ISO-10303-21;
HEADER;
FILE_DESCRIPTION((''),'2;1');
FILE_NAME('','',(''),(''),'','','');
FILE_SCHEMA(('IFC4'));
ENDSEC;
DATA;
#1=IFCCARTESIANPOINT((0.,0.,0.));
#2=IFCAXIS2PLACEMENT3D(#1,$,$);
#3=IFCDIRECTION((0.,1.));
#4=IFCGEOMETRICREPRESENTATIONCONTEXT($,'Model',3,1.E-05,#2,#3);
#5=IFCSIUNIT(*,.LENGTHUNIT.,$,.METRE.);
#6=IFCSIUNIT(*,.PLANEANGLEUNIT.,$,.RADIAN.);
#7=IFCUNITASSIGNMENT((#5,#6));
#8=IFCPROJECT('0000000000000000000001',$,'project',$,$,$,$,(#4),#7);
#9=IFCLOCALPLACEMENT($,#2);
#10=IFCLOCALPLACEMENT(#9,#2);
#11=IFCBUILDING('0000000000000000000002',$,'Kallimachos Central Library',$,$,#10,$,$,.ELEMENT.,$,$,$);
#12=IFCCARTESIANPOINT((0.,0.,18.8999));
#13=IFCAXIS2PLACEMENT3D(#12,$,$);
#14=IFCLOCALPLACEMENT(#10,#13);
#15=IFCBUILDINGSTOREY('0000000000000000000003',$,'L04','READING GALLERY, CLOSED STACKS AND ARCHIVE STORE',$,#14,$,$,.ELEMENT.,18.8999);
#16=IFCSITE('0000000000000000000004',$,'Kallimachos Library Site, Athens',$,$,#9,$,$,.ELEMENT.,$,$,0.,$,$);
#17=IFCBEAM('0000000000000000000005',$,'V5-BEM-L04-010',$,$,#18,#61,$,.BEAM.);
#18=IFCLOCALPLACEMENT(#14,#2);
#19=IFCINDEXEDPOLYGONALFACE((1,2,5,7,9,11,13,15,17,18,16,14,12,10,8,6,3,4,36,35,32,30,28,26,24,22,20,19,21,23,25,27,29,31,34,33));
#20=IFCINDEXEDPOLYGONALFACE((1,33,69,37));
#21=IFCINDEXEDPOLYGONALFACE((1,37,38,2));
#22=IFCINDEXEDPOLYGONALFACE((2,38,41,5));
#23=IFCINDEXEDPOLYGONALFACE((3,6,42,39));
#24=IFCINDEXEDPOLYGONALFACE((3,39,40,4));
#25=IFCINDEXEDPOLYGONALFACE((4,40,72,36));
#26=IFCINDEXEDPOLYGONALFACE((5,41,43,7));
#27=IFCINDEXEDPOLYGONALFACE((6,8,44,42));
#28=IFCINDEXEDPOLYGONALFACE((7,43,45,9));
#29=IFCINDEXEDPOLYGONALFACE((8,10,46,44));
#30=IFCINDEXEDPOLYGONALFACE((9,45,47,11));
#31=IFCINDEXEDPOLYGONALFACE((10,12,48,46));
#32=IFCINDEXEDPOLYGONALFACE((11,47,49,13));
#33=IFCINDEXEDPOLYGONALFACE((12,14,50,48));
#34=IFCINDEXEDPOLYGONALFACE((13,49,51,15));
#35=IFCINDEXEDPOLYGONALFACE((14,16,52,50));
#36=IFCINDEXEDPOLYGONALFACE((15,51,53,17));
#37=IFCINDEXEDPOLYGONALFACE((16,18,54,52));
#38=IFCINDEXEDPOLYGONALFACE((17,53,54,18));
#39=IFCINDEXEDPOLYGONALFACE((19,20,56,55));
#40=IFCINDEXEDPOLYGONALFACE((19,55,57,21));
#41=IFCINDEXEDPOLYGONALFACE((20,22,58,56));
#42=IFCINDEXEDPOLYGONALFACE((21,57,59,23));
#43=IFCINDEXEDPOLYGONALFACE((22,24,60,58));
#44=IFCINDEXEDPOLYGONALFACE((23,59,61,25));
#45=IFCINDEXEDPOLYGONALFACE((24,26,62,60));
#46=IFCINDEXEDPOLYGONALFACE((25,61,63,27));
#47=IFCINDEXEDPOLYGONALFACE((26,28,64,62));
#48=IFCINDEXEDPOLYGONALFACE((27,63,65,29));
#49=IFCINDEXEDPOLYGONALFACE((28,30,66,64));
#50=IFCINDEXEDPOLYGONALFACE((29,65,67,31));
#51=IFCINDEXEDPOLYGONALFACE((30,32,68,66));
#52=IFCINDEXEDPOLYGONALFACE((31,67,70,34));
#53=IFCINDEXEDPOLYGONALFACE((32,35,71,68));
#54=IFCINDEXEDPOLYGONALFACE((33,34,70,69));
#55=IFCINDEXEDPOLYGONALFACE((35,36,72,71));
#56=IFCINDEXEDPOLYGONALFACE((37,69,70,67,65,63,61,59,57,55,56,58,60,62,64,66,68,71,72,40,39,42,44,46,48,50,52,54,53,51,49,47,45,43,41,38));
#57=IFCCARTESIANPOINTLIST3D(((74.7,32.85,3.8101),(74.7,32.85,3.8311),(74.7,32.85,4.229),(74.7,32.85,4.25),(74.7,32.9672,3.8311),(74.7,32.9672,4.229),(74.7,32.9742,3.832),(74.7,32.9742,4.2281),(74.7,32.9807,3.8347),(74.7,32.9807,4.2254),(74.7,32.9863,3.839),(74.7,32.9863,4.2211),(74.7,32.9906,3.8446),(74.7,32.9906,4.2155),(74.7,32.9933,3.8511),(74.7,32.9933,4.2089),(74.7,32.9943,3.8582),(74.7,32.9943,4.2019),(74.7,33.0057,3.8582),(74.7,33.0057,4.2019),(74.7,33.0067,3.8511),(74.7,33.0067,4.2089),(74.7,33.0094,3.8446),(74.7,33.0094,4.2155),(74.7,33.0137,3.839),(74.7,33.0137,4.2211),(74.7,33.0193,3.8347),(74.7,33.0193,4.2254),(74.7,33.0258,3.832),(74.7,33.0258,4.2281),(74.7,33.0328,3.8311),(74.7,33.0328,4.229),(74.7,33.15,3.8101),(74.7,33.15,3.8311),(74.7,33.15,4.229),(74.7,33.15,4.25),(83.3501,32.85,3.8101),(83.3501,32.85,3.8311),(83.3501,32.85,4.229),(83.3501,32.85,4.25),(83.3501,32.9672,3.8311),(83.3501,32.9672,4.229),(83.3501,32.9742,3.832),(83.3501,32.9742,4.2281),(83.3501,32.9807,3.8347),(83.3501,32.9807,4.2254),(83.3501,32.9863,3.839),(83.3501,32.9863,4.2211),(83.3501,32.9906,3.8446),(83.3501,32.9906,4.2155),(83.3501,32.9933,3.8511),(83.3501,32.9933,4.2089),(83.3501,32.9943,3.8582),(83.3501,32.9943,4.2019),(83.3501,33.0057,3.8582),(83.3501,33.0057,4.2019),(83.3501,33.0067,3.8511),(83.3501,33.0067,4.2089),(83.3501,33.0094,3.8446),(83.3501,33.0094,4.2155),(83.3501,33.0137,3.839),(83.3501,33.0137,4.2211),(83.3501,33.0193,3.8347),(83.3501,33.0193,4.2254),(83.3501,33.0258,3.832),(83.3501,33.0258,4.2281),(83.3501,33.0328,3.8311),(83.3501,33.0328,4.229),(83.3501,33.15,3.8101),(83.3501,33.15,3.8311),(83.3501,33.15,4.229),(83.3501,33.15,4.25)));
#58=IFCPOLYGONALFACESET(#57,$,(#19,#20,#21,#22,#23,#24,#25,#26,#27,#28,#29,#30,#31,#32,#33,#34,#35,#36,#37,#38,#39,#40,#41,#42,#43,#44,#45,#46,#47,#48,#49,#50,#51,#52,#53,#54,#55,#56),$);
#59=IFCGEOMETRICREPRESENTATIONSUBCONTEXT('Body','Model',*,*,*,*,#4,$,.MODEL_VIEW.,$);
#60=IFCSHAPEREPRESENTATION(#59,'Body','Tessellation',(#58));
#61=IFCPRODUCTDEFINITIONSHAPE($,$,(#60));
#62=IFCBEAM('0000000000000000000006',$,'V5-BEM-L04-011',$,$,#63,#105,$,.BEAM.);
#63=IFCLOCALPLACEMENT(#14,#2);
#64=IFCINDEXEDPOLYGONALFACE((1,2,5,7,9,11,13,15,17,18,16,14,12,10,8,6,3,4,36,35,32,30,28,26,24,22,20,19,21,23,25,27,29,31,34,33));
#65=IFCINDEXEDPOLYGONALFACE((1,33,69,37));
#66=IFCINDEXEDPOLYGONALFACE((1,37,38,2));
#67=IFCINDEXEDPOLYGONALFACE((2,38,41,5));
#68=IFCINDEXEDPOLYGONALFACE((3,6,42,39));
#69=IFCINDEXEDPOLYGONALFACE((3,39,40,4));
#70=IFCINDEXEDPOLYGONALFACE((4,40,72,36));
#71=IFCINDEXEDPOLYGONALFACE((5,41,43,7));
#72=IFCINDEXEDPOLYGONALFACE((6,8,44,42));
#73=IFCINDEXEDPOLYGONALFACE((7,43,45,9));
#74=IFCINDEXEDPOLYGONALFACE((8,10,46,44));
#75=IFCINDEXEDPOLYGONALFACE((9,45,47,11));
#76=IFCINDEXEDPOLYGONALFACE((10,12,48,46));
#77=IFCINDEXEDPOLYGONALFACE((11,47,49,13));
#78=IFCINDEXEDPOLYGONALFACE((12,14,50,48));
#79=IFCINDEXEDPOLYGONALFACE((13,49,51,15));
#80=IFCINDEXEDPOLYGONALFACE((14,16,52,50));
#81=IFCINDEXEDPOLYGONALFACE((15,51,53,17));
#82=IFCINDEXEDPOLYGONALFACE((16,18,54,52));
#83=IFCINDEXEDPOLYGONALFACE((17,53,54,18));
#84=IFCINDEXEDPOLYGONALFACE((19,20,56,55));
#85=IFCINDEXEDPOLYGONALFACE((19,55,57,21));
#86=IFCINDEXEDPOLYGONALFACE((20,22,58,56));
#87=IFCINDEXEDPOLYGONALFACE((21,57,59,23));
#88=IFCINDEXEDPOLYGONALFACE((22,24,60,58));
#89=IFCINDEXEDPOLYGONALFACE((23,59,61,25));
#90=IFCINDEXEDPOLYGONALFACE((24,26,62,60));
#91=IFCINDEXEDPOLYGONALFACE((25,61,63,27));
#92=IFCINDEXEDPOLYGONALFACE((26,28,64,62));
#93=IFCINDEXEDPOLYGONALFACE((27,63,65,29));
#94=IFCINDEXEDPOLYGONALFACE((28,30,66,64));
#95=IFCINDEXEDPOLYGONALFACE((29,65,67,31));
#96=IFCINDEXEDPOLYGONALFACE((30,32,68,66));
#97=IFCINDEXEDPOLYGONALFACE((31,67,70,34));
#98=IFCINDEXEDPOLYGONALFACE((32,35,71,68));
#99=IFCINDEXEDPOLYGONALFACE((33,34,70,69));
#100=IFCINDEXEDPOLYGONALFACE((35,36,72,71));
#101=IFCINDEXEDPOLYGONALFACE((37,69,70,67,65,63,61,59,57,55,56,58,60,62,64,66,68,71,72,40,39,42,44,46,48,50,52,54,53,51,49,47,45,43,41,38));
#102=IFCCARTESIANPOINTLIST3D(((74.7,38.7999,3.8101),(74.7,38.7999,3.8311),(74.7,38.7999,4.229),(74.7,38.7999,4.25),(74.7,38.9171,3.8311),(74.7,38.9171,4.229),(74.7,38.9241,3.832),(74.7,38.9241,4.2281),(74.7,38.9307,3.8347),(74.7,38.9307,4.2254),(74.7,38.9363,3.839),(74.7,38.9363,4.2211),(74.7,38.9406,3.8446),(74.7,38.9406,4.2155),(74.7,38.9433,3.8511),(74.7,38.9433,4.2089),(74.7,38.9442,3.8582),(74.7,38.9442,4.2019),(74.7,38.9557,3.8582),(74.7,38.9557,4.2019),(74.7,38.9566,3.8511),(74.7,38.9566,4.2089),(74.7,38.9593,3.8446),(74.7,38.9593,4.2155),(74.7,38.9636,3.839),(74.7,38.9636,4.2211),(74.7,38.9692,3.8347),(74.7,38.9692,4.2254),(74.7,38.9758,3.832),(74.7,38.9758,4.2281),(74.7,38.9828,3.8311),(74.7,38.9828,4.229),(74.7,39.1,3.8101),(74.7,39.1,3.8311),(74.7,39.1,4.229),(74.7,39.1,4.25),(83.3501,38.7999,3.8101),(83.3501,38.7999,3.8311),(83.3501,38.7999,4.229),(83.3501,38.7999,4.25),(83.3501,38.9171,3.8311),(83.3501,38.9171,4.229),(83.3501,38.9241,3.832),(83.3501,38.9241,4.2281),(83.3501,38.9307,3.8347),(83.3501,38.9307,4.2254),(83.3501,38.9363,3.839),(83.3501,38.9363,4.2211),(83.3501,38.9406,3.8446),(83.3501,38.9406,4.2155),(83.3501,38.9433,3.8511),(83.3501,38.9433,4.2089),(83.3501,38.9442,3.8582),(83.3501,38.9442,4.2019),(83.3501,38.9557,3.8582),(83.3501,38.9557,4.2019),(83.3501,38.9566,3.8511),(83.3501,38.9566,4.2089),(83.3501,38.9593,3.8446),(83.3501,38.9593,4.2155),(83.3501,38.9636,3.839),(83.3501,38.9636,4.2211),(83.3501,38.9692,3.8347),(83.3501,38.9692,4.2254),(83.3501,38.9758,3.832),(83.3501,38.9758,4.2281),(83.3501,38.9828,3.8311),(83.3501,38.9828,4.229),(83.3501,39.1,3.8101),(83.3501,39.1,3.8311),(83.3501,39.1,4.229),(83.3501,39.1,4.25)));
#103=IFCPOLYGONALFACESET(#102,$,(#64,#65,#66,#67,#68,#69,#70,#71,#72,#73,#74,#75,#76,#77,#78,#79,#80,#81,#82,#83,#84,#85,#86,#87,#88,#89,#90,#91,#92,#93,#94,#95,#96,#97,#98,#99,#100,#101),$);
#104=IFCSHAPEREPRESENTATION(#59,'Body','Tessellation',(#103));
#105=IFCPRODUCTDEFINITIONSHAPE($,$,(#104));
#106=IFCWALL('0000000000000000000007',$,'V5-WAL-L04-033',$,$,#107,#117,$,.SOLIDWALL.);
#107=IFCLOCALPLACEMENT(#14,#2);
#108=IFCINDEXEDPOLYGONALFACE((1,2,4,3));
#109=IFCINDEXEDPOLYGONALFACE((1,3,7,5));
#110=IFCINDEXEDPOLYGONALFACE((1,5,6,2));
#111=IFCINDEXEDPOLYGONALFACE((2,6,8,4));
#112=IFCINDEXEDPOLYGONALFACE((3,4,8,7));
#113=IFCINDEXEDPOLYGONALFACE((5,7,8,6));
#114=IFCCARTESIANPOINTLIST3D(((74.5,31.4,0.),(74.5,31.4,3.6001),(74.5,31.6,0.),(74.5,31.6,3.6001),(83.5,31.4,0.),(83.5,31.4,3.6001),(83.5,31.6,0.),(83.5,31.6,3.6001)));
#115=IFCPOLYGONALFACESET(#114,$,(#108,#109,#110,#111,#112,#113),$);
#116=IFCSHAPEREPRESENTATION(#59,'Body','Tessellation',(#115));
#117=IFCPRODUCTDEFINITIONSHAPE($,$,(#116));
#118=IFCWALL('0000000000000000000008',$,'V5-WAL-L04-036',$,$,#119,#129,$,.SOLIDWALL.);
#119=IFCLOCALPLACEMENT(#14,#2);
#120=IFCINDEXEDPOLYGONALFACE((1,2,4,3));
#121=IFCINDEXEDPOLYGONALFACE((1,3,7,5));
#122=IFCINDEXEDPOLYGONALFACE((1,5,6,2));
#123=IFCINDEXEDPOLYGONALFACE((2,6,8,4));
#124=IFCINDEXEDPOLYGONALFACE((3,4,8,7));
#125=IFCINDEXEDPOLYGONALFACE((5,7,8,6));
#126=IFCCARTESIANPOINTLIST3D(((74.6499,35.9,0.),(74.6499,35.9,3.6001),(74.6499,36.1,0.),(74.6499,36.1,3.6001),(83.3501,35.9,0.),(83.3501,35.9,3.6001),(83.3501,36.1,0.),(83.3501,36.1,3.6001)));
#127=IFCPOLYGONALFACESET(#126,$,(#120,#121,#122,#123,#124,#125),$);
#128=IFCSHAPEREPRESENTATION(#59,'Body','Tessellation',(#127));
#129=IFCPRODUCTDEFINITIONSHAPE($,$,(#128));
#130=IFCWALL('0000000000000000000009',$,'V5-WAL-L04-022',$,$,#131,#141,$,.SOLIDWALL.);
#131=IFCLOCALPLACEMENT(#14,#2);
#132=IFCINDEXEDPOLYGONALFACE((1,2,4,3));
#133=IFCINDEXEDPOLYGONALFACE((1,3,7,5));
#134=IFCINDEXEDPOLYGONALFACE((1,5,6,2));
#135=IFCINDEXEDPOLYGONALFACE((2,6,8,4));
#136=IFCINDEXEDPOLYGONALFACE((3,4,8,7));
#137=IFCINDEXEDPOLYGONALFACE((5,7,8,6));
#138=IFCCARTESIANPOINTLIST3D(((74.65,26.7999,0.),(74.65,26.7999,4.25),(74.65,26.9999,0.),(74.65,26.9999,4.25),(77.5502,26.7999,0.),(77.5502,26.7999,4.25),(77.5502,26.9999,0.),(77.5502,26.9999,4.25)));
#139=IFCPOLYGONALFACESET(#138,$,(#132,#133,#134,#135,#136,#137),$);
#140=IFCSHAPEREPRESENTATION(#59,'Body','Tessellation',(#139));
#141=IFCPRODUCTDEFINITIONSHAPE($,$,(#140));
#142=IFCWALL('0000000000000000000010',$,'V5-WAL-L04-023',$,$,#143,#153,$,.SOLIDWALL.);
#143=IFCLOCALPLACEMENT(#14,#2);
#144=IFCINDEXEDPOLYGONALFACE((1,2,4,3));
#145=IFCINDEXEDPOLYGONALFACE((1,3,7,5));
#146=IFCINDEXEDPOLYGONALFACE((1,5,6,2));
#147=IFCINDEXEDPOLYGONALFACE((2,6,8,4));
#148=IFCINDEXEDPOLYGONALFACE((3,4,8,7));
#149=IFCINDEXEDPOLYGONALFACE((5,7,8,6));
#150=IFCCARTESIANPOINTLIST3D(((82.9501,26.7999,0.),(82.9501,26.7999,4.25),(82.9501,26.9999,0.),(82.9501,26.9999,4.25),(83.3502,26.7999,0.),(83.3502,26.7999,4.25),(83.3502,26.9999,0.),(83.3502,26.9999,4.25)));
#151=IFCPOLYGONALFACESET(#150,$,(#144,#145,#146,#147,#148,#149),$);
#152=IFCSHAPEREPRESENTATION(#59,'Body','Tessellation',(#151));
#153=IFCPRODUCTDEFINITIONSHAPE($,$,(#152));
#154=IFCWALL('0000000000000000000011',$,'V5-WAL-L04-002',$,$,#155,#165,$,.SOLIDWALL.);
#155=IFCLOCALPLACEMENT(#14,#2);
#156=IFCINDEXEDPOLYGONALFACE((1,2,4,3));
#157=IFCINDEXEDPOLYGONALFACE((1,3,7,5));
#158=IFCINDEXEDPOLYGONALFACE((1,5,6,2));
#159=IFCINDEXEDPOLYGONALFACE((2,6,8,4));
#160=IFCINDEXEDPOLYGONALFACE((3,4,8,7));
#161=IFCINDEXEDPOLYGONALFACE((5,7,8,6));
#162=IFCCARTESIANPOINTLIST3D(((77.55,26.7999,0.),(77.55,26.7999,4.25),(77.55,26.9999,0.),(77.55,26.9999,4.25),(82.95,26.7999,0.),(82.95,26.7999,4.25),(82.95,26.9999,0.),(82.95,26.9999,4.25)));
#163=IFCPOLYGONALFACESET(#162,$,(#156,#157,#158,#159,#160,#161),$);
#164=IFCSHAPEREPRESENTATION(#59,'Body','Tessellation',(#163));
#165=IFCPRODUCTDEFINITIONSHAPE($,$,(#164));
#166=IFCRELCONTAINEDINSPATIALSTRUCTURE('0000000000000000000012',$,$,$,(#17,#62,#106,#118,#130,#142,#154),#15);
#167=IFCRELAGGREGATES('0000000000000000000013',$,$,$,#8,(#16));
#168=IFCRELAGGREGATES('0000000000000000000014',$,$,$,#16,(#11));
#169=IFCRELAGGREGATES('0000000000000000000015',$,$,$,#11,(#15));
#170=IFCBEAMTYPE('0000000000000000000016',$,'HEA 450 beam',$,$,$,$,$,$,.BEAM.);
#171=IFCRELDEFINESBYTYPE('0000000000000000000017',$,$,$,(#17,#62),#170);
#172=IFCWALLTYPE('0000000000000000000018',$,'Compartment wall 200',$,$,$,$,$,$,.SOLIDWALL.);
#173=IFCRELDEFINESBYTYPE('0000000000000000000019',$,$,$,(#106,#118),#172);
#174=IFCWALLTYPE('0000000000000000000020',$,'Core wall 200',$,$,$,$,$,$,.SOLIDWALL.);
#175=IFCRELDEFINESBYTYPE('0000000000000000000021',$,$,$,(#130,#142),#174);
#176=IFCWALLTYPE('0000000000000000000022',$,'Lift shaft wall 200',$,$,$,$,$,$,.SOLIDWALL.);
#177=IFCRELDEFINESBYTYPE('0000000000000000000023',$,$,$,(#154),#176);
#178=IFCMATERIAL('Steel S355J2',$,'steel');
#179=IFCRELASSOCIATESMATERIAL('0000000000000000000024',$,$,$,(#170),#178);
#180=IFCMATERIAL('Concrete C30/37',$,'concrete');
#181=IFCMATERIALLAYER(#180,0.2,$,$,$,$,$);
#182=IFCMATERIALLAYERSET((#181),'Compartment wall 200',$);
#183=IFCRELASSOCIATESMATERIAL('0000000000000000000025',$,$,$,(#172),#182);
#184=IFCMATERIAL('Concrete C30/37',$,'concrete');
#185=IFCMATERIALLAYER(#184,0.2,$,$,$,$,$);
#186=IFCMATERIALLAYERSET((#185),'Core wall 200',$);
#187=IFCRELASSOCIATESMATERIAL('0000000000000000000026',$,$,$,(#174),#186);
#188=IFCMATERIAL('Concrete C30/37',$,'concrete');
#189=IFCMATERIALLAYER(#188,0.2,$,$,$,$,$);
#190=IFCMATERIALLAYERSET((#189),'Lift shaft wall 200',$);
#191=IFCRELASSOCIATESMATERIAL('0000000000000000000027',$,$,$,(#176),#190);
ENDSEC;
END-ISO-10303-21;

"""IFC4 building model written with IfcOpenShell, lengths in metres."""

from ifc_helpers import new_model, si_unit, direction, frame, frame_2d, origin, origin_2d, place, context, subcontext, project, spatial, rectangle, i_section, extrude, material, layer, layer_set, material_profile, profile_set, type_object, element, save


model = new_model("IFC4")

# Units and contexts
model_context = context("Model", 3, precision=1e-05, world=origin(), true_north=direction((0.0, 1.0)))
body_context = subcontext(model_context, "Body", "Model", "MODEL_VIEW")
ifc_project = project(units=[si_unit("LENGTHUNIT", "METRE"), si_unit("PLANEANGLEUNIT", "RADIAN")], contexts=[model_context])

# Site, building, storey
site_placement = place(None, origin())
site = spatial("IfcSite", under=ifc_project, at=site_placement, Name="Kallimachos Library Site, Athens", CompositionType="ELEMENT", RefElevation=0.0)
building_placement = place(site_placement, origin())
building = spatial("IfcBuilding", under=site, at=building_placement, Name="Kallimachos Central Library", CompositionType="ELEMENT")
storey_placement = place(building_placement, frame((0.0, 0.0, 18.8999)))
storey = spatial("IfcBuildingStorey", under=building, at=storey_placement, Name="L04", Description="READING GALLERY, CLOSED STACKS AND ARCHIVE STORE", CompositionType="ELEMENT", Elevation=18.8999)

# Beams
ifc_material_1 = material(Name="Steel S355J2", Category="steel")
ifc_material_profile_1 = material_profile(ifc_material_1, i_section(OverallWidth=0.3, OverallDepth=0.4399, WebThickness=0.0115, FlangeThickness=0.021, FilletRadius=0.0271, at=origin_2d()), Name="HEA 450")
ifc_profile_set_1 = profile_set([ifc_material_profile_1], Name="Steel S355J2")
beam_type = type_object("IfcBeamType", Name="HEA 450 beam", PredefinedType="BEAM", material=ifc_profile_set_1)
for number, where, z_axis, x_axis, name in (
    (1, (74.7, 33.0, 4.03), (1.0, 0.0, 0.0), (0.0, 1.0, 0.0), "V5-BEM-L04-010"),
    (2, (74.7, 38.95, 4.03), (1.0, 0.0, 0.0), (0.0, 1.0, 0.0), "V5-BEM-L04-011"),
):
    element("IfcBeam", number, at=place(storey_placement, frame(where, z_axis=z_axis, x_axis=x_axis)), inside=storey, type_object=beam_type, Name=name, PredefinedType="BEAM", context=body_context, shape_type="SweptSolid", body=[
        extrude(i_section(OverallWidth=0.3, OverallDepth=0.4399, WebThickness=0.0115, FlangeThickness=0.021, FilletRadius=0.0271, at=origin_2d()), origin(), (0.0, 0.0, 1.0), 8.6501),
    ])

# Walls
ifc_material_2 = material(Name="Concrete C30/37", Category="concrete")
ifc_layer_1 = layer(ifc_material_2, 0.2)
ifc_layer_set_1 = layer_set([ifc_layer_1], Name="Compartment wall 200")
wall_type_1 = type_object("IfcWallType", Name="Compartment wall 200", PredefinedType="SOLIDWALL", material=ifc_layer_set_1)
wall_1_placement = place(storey_placement, frame((74.5, 31.5, 0.0), z_axis=(0.0, 0.0, 1.0), x_axis=(1.0, 0.0, 0.0)))
element("IfcWall", 3, at=wall_1_placement, inside=storey, type_object=wall_type_1, Name="V5-WAL-L04-033", PredefinedType="SOLIDWALL", context=body_context, shape_type="SweptSolid", body=[
    extrude(rectangle(XDim=9.0, YDim=0.2, at=frame_2d((4.5, 0.0))), origin(), (0.0, 0.0, 1.0), 3.6001),
])
wall_2_placement = place(storey_placement, frame((74.6499, 36.0, 0.0), z_axis=(0.0, 0.0, 1.0), x_axis=(1.0, 0.0, 0.0)))
element("IfcWall", 4, at=wall_2_placement, inside=storey, type_object=wall_type_1, Name="V5-WAL-L04-036", PredefinedType="SOLIDWALL", context=body_context, shape_type="SweptSolid", body=[
    extrude(rectangle(XDim=8.7002, YDim=0.2, at=frame_2d((4.3501, 0.0))), origin(), (0.0, 0.0, 1.0), 3.6001),
])
ifc_material_3 = material(Name="Concrete C30/37", Category="concrete")
ifc_layer_2 = layer(ifc_material_3, 0.2)
ifc_layer_set_2 = layer_set([ifc_layer_2], Name="Core wall 200")
wall_type_2 = type_object("IfcWallType", Name="Core wall 200", PredefinedType="SOLIDWALL", material=ifc_layer_set_2)
wall_3_placement = place(storey_placement, frame((74.6499, 26.8999, 0.0), z_axis=(0.0, 0.0, 1.0), x_axis=(1.0, 0.0, 0.0)))
element("IfcWall", 5, at=wall_3_placement, inside=storey, type_object=wall_type_2, Name="V5-WAL-L04-022", PredefinedType="SOLIDWALL", context=body_context, shape_type="SweptSolid", body=[
    extrude(rectangle(XDim=2.9001, YDim=0.2, at=frame_2d((1.4502, 0.0))), origin(), (0.0, 0.0, 1.0), 4.25),
])
wall_4_placement = place(storey_placement, frame((82.95, 26.8999, 0.0), z_axis=(0.0, 0.0, 1.0), x_axis=(1.0, 0.0, 0.0)))
element("IfcWall", 6, at=wall_4_placement, inside=storey, type_object=wall_type_2, Name="V5-WAL-L04-023", PredefinedType="SOLIDWALL", context=body_context, shape_type="SweptSolid", body=[
    extrude(rectangle(XDim=0.4001, YDim=0.2, at=frame_2d((0.2002, 0.0))), origin(), (0.0, 0.0, 1.0), 4.25),
])
ifc_material_4 = material(Name="Concrete C30/37", Category="concrete")
ifc_layer_3 = layer(ifc_material_4, 0.2)
ifc_layer_set_3 = layer_set([ifc_layer_3], Name="Lift shaft wall 200")
wall_type_3 = type_object("IfcWallType", Name="Lift shaft wall 200", PredefinedType="SOLIDWALL", material=ifc_layer_set_3)
wall_5_placement = place(storey_placement, frame((77.55, 26.8999, 0.0), z_axis=(0.0, 0.0, 1.0), x_axis=(1.0, 0.0, 0.0)))
element("IfcWall", 7, at=wall_5_placement, inside=storey, type_object=wall_type_3, Name="V5-WAL-L04-002", PredefinedType="SOLIDWALL", context=body_context, shape_type="SweptSolid", body=[
    extrude(rectangle(XDim=5.3999, YDim=0.2, at=frame_2d((2.7, 0.0))), origin(), (0.0, 0.0, 1.0), 4.25),
])

save(model, "model.ifc")
